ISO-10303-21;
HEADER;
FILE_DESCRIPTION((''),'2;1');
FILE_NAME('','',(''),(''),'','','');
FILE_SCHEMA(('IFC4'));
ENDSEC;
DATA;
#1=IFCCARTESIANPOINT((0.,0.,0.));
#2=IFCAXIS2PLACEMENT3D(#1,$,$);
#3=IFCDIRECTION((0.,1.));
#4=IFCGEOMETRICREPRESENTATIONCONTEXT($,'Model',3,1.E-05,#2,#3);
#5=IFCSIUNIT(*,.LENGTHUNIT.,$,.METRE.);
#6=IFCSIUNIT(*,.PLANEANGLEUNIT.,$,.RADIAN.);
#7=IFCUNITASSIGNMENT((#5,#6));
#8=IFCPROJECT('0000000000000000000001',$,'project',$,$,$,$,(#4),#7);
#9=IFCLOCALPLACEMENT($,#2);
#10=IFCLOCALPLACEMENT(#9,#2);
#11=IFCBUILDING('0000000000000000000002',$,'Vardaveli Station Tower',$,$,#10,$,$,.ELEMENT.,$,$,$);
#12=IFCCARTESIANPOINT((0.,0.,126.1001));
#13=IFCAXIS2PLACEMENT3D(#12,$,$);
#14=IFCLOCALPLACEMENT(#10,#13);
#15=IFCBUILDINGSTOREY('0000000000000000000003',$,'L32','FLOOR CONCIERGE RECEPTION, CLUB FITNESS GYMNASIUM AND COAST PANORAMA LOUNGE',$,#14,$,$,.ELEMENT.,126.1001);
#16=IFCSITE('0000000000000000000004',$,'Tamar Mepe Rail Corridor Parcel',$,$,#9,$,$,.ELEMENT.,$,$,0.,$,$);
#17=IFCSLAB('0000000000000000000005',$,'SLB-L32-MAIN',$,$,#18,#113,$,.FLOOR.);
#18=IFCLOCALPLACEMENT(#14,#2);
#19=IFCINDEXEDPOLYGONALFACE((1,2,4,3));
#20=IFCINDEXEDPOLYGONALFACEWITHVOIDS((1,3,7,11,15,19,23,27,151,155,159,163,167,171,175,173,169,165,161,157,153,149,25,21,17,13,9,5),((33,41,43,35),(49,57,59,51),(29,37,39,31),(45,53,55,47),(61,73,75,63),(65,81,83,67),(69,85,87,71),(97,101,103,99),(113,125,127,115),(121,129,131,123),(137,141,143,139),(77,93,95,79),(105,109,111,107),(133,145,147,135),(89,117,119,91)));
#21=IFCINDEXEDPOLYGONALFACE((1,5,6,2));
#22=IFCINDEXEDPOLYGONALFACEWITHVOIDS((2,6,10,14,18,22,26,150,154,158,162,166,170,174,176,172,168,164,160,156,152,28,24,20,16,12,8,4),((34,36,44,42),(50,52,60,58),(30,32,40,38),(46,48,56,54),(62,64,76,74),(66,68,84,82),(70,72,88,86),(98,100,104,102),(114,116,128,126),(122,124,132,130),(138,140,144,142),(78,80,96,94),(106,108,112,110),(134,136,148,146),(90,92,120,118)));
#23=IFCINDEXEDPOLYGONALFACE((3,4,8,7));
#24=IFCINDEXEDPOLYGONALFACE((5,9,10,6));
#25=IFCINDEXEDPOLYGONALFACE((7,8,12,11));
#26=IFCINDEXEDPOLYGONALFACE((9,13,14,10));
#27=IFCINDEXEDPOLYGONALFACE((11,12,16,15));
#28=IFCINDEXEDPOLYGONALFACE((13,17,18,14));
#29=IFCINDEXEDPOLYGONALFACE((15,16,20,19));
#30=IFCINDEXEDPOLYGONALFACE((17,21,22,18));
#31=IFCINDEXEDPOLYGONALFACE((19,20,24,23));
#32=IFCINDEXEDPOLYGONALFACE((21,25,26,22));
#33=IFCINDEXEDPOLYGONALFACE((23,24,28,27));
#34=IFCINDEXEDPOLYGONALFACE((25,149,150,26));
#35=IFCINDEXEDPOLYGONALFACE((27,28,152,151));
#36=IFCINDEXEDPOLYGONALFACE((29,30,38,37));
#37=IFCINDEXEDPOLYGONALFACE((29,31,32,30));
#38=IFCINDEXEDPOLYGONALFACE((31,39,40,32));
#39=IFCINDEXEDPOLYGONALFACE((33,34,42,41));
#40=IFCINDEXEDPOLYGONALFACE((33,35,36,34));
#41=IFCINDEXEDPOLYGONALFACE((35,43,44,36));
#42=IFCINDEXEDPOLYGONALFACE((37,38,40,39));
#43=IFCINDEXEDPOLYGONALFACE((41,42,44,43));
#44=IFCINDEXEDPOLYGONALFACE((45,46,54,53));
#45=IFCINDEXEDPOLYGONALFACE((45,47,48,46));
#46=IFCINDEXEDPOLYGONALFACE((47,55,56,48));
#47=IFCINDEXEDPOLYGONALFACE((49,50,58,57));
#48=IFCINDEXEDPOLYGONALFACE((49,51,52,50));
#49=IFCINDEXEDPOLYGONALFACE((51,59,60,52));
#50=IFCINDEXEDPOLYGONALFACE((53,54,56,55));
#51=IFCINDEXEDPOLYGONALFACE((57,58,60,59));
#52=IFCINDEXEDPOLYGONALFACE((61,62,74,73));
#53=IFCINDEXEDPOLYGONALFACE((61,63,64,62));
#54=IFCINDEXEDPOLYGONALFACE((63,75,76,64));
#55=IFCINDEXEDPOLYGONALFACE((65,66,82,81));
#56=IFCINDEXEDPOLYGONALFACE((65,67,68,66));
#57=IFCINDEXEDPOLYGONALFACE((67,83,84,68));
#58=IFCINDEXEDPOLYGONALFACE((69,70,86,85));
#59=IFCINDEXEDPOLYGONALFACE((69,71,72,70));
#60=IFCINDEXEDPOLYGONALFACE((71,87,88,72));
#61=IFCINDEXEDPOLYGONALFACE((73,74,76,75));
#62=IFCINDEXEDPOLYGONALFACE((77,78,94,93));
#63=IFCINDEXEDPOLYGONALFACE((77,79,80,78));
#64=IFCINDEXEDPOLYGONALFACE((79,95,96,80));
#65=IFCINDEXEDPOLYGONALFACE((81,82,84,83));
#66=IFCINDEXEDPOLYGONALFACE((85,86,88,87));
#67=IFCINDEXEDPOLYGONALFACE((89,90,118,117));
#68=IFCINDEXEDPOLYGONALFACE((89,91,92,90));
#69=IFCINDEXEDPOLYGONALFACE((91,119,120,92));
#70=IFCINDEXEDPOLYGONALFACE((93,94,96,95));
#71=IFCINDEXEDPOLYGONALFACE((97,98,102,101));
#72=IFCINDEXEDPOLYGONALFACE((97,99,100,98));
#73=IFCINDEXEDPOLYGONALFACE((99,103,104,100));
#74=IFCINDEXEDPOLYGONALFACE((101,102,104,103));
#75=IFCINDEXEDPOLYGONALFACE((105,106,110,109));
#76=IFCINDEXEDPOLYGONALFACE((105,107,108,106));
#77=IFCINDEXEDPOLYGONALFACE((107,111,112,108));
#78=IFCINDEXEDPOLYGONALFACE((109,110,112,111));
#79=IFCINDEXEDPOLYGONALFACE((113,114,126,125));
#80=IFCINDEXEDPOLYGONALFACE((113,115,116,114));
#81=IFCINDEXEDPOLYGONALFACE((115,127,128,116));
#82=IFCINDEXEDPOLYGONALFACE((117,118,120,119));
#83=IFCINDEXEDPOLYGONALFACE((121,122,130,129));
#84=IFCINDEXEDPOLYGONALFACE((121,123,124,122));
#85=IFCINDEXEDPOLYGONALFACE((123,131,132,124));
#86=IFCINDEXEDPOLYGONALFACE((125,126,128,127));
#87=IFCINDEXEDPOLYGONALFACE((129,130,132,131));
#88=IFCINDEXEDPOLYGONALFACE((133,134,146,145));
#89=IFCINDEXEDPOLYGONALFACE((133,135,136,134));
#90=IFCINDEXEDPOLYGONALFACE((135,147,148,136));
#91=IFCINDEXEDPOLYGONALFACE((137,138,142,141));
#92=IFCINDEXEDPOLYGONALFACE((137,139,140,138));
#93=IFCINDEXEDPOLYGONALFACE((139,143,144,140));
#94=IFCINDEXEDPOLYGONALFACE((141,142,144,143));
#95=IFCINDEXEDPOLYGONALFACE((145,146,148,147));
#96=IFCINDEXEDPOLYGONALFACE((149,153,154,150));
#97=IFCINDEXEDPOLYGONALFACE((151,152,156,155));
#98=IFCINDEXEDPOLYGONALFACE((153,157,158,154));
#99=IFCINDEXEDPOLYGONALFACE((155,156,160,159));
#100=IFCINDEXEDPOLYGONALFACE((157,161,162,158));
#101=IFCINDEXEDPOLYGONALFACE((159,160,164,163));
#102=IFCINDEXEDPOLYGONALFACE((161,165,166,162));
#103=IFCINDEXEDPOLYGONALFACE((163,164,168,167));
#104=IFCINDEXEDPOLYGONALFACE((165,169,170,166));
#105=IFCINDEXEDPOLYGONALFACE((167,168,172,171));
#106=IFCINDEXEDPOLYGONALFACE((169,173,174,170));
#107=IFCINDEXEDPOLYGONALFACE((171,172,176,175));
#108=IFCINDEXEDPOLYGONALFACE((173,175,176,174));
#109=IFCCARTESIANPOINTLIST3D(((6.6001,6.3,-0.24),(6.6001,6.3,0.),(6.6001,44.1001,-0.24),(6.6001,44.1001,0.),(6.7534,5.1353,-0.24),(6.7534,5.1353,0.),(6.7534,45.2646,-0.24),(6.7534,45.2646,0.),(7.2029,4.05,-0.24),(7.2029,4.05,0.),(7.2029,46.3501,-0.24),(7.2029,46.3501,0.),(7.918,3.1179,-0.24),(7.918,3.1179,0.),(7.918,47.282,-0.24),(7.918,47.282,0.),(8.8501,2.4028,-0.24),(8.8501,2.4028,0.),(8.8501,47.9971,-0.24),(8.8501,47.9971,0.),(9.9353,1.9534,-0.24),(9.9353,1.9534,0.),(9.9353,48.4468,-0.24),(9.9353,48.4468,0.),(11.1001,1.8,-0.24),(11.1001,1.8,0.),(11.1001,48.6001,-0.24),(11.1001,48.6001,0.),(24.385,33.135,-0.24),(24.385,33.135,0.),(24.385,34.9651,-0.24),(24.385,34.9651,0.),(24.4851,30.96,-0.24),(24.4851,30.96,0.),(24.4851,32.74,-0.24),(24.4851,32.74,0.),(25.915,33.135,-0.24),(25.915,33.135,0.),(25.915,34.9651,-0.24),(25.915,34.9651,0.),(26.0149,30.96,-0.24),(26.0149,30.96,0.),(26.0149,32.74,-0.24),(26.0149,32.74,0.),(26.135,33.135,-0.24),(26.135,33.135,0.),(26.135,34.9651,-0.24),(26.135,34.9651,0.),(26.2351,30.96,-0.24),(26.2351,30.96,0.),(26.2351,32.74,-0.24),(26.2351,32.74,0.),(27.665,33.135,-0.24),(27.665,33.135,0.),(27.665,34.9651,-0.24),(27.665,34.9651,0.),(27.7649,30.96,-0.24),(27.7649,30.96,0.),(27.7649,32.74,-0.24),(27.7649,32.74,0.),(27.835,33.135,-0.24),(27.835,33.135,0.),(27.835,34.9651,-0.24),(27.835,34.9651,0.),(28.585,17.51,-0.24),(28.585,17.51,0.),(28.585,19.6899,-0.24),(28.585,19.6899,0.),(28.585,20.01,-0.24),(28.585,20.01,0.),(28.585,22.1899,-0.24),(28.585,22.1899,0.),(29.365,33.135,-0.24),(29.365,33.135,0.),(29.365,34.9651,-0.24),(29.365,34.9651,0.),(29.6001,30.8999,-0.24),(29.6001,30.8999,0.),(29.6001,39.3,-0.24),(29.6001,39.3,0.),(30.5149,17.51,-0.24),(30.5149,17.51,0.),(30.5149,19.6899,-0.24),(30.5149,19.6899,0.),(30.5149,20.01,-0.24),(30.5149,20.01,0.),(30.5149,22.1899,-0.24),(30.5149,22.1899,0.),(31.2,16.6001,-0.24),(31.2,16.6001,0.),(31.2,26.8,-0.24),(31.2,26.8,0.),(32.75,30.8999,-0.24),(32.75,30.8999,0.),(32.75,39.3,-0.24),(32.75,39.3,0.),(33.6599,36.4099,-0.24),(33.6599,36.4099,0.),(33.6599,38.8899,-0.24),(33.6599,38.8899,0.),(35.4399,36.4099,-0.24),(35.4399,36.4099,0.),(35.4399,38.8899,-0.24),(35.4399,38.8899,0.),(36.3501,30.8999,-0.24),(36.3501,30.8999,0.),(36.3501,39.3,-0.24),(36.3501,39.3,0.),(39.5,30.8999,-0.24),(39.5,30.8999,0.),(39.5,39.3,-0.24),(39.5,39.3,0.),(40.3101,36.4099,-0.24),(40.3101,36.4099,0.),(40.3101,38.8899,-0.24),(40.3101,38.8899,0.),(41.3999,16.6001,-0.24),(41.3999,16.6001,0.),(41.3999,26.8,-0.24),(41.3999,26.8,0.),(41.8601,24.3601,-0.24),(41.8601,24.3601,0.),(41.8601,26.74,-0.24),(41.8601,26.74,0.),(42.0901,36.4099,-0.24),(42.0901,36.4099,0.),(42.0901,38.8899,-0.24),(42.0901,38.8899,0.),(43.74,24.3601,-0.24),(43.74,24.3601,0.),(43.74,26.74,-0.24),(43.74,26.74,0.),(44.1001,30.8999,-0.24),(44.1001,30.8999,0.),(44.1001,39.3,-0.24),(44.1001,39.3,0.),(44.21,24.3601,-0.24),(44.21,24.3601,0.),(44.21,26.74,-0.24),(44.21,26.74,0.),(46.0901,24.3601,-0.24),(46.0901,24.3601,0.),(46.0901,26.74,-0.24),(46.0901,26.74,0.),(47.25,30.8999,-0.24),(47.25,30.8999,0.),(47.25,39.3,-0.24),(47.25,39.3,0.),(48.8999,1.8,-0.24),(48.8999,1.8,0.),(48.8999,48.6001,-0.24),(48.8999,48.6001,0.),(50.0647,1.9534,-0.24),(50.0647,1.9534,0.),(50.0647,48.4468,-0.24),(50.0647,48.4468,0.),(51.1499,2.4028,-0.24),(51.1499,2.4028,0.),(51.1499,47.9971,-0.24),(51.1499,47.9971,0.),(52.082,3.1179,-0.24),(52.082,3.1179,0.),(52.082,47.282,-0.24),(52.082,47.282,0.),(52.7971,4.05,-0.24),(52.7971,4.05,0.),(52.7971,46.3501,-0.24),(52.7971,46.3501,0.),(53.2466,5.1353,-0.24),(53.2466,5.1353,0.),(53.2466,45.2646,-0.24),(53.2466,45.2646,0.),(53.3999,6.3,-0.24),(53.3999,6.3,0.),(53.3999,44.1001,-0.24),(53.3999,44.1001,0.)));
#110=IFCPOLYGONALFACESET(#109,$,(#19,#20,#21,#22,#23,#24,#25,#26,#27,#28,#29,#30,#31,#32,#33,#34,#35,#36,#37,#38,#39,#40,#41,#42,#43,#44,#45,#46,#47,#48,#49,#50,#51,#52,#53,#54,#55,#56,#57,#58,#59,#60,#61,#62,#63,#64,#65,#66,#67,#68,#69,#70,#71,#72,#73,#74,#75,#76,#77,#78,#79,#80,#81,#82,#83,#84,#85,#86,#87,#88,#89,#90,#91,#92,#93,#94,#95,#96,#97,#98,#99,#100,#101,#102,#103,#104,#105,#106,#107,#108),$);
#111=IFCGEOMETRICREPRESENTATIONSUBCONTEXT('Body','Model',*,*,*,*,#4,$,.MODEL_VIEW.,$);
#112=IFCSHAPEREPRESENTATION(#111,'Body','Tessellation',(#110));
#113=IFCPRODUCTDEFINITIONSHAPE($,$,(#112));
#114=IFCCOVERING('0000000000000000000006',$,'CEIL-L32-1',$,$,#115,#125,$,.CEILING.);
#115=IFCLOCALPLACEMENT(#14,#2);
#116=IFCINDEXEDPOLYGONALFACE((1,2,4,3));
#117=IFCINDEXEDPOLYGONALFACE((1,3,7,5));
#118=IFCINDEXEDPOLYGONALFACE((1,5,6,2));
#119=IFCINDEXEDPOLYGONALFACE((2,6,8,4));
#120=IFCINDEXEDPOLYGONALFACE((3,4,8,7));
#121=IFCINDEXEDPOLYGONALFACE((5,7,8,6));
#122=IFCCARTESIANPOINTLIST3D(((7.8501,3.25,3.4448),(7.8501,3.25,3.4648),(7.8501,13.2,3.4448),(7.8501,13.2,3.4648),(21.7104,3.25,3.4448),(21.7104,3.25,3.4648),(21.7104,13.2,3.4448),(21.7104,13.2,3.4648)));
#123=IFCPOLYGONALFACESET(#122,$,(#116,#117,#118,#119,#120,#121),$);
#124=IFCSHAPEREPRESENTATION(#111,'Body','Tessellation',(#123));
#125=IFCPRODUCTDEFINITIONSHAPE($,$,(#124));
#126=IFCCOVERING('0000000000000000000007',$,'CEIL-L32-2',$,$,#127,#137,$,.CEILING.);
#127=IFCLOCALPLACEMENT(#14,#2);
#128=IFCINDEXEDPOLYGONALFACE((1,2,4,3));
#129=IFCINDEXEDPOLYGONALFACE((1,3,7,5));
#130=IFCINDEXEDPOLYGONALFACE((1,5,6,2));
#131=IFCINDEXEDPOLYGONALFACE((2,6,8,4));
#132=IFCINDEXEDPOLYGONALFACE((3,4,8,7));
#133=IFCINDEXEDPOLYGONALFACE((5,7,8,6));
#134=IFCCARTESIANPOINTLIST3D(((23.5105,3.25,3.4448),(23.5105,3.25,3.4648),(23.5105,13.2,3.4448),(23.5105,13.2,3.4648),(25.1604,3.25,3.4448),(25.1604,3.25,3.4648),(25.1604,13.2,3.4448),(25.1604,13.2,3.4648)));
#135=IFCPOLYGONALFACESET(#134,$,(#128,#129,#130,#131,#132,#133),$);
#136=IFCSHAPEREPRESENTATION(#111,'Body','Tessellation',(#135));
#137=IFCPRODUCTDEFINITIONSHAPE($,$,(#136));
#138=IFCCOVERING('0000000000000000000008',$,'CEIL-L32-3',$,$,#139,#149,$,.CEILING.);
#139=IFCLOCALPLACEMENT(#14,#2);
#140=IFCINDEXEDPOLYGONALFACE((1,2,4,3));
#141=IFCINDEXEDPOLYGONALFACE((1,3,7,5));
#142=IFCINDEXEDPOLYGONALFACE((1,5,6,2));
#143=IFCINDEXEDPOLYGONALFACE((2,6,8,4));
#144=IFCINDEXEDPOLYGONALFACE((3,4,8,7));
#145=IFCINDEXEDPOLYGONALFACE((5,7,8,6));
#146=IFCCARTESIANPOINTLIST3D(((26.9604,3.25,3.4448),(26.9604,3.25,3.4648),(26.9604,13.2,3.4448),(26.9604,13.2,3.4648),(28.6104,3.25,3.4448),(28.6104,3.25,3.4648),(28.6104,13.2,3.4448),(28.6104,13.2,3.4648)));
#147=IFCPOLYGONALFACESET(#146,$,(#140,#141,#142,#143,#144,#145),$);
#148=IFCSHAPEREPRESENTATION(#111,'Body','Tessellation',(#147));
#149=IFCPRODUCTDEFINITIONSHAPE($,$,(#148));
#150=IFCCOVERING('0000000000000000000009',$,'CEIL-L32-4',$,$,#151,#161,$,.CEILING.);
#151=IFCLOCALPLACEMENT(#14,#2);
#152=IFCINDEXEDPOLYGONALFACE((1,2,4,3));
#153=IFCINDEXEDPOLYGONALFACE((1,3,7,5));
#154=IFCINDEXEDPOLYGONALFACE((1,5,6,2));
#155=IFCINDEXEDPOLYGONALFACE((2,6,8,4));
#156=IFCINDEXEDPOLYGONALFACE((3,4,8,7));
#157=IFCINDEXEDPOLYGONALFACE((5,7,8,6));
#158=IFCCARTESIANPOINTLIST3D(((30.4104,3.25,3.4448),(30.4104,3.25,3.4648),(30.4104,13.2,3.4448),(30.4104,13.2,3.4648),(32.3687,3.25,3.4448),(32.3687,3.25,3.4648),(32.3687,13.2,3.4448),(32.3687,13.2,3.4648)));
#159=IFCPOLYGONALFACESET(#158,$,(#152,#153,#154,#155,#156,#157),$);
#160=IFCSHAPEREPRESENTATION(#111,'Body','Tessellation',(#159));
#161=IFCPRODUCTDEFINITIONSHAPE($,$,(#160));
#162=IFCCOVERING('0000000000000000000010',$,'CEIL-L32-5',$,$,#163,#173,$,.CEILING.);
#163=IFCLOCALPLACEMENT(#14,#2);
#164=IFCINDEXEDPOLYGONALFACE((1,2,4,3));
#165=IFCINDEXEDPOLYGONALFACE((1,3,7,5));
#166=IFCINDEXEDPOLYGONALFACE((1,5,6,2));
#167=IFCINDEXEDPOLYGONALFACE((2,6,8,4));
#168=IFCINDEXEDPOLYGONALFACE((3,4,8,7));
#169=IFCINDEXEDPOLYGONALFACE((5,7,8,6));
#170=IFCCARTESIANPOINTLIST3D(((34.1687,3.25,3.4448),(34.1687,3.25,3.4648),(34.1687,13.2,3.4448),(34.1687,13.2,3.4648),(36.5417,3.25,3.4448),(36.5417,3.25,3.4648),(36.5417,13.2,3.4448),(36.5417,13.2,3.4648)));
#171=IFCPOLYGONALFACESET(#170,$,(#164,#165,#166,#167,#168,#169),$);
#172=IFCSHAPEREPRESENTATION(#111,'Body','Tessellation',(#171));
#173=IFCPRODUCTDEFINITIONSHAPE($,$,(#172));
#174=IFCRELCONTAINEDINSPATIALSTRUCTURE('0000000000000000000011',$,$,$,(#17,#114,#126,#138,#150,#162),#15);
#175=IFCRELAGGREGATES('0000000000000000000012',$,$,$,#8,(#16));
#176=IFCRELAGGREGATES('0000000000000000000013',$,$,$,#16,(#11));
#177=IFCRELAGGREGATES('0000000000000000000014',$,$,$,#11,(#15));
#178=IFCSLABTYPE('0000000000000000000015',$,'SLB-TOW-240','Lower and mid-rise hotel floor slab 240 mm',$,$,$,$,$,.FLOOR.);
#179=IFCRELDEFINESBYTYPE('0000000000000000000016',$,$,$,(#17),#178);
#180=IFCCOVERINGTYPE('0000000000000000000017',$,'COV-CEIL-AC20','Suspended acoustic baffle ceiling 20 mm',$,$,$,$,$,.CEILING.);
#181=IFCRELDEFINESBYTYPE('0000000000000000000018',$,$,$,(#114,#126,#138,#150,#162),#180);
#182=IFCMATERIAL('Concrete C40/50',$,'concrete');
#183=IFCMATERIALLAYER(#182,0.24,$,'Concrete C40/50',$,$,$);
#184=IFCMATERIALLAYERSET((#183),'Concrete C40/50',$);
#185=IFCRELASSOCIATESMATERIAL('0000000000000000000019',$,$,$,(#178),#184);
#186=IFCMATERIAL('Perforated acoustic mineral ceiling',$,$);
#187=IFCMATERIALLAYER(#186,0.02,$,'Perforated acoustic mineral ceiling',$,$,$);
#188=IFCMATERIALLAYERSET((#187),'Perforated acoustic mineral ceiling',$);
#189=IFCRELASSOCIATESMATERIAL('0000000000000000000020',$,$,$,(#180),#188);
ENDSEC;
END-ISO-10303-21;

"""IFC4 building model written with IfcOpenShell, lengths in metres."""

from ifc_helpers import new_model, si_unit, direction, frame, origin, place, context, subcontext, project, spatial, polyline, outline, extrude, material, layer, layer_set, type_object, element, save


model = new_model("IFC4")

# Units and contexts
model_context = context("Model", 3, precision=1e-05, world=origin(), true_north=direction((0.0, 1.0)))
body_context = subcontext(model_context, "Body", "Model", "MODEL_VIEW")
ifc_project = project(units=[si_unit("LENGTHUNIT", "METRE"), si_unit("PLANEANGLEUNIT", "RADIAN")], contexts=[model_context])

# Site, building, storey
site_placement = place(None, origin())
site = spatial("IfcSite", under=ifc_project, at=site_placement, Name="Tamar Mepe Rail Corridor Parcel", CompositionType="ELEMENT", RefElevation=0.0)
building_placement = place(site_placement, origin())
building = spatial("IfcBuilding", under=site, at=building_placement, Name="Vardaveli Station Tower", CompositionType="ELEMENT")
storey_placement = place(building_placement, frame((0.0, 0.0, 126.1001)))
storey = spatial("IfcBuildingStorey", under=building, at=storey_placement, Name="L32", Description="FLOOR CONCIERGE RECEPTION, CLUB FITNESS GYMNASIUM AND COAST PANORAMA LOUNGE", CompositionType="ELEMENT", Elevation=126.1001)

# Shared definitions
ifc_material_1 = material(Name="Concrete C40/50", Category="concrete")

# Slab
ifc_layer_1 = layer(ifc_material_1, 0.24, Name="Concrete C40/50")
ifc_layer_set_1 = layer_set([ifc_layer_1], Name="Concrete C40/50")
slab_type_1 = type_object("IfcSlabType", Name="SLB-TOW-240", Description="Lower and mid-rise hotel floor slab 240 mm", PredefinedType="FLOOR", material=ifc_layer_set_1)
slab_1_placement = place(storey_placement, frame((0.0, 0.0, -0.24)))
element("IfcSlab", 1, at=slab_1_placement, inside=storey, type_object=slab_type_1, Name="SLB-L32-MAIN", PredefinedType="FLOOR", context=body_context, shape_type="SweptSolid", body=[
    extrude(outline(polyline([(6.6001, 6.3), (6.7534, 5.1353), (7.2029, 4.05), (7.918, 3.1179), (8.8501, 2.4028), (9.9353, 1.9534), (11.1001, 1.8), (48.8999, 1.8), (50.0647, 1.9534), (51.1499, 2.4028), (52.082, 3.1179), (52.7971, 4.05), (53.2466, 5.1353), (53.3999, 6.3), (53.3999, 44.1001), (53.2466, 45.2646), (52.7971, 46.3501), (52.082, 47.282), (51.1499, 47.9971), (50.0647, 48.4468), (48.8999, 48.6001), (11.1001, 48.6001), (9.9353, 48.4468), (8.8501, 47.9971), (7.918, 47.282), (7.2029, 46.3501), (6.7534, 45.2646), (6.6001, 44.1001), (6.6001, 6.3)]), holes=[polyline([(31.2, 16.6001), (41.3999, 16.6001), (41.3999, 26.8), (31.2, 26.8), (31.2, 16.6001)]), polyline([(32.75, 30.8999), (32.75, 39.3), (29.6001, 39.3), (29.6001, 30.8999), (32.75, 30.8999)]), polyline([(39.5, 30.8999), (39.5, 39.3), (36.3501, 39.3), (36.3501, 30.8999), (39.5, 30.8999)]), polyline([(47.25, 30.8999), (47.25, 39.3), (44.1001, 39.3), (44.1001, 30.8999), (47.25, 30.8999)]), polyline([(24.385, 33.135), (25.915, 33.135), (25.915, 34.9651), (24.385, 34.9651), (24.385, 33.135)]), polyline([(26.135, 33.135), (27.665, 33.135), (27.665, 34.9651), (26.135, 34.9651), (26.135, 33.135)]), polyline([(27.835, 33.135), (29.365, 33.135), (29.365, 34.9651), (27.835, 34.9651), (27.835, 33.135)]), polyline([(33.6599, 36.4099), (35.4399, 36.4099), (35.4399, 38.8899), (33.6599, 38.8899), (33.6599, 36.4099)]), polyline([(40.3101, 36.4099), (42.0901, 36.4099), (42.0901, 38.8899), (40.3101, 38.8899), (40.3101, 36.4099)]), polyline([(24.4851, 30.96), (26.0149, 30.96), (26.0149, 32.74), (24.4851, 32.74), (24.4851, 30.96)]), polyline([(26.2351, 30.96), (27.7649, 30.96), (27.7649, 32.74), (26.2351, 32.74), (26.2351, 30.96)]), polyline([(28.585, 17.51), (30.5149, 17.51), (30.5149, 19.6899), (28.585, 19.6899), (28.585, 17.51)]), polyline([(28.585, 20.01), (30.5149, 20.01), (30.5149, 22.1899), (28.585, 22.1899), (28.585, 20.01)]), polyline([(41.8601, 24.3601), (43.74, 24.3601), (43.74, 26.74), (41.8601, 26.74), (41.8601, 24.3601)]), polyline([(44.21, 24.3601), (46.0901, 24.3601), (46.0901, 26.74), (44.21, 26.74), (44.21, 24.3601)])]), origin(), (0.0, 0.0, 1.0), 0.24),
])

# Coverings
ifc_material_2 = material(Name="Perforated acoustic mineral ceiling")
ifc_layer_2 = layer(ifc_material_2, 0.02, Name="Perforated acoustic mineral ceiling")
ifc_layer_set_2 = layer_set([ifc_layer_2], Name="Perforated acoustic mineral ceiling")
covering_type_1 = type_object("IfcCoveringType", Name="COV-CEIL-AC20", Description="Suspended acoustic baffle ceiling 20 mm", PredefinedType="CEILING", material=ifc_layer_set_2)
covering_1_placement = place(storey_placement, frame((0.0, 0.0, 3.4448)))
element("IfcCovering", 2, at=covering_1_placement, inside=storey, type_object=covering_type_1, Name="CEIL-L32-1", PredefinedType="CEILING", context=body_context, shape_type="SweptSolid", body=[
    extrude(outline(polyline([(7.8501, 3.25), (21.7104, 3.25), (21.7104, 13.2), (7.8501, 13.2), (7.8501, 3.25)])), origin(), (0.0, 0.0, 1.0), 0.02),
])
covering_2_placement = place(storey_placement, frame((0.0, 0.0, 3.4448)))
element("IfcCovering", 3, at=covering_2_placement, inside=storey, type_object=covering_type_1, Name="CEIL-L32-2", PredefinedType="CEILING", context=body_context, shape_type="SweptSolid", body=[
    extrude(outline(polyline([(23.5105, 3.25), (25.1604, 3.25), (25.1604, 13.2), (23.5105, 13.2), (23.5105, 3.25)])), origin(), (0.0, 0.0, 1.0), 0.02),
])
covering_3_placement = place(storey_placement, frame((0.0, 0.0, 3.4448)))
element("IfcCovering", 4, at=covering_3_placement, inside=storey, type_object=covering_type_1, Name="CEIL-L32-3", PredefinedType="CEILING", context=body_context, shape_type="SweptSolid", body=[
    extrude(outline(polyline([(26.9604, 3.25), (28.6104, 3.25), (28.6104, 13.2), (26.9604, 13.2), (26.9604, 3.25)])), origin(), (0.0, 0.0, 1.0), 0.02),
])
covering_4_placement = place(storey_placement, frame((0.0, 0.0, 3.4448)))
element("IfcCovering", 5, at=covering_4_placement, inside=storey, type_object=covering_type_1, Name="CEIL-L32-4", PredefinedType="CEILING", context=body_context, shape_type="SweptSolid", body=[
    extrude(outline(polyline([(30.4104, 3.25), (32.3687, 3.25), (32.3687, 13.2), (30.4104, 13.2), (30.4104, 3.25)])), origin(), (0.0, 0.0, 1.0), 0.02),
])
covering_5_placement = place(storey_placement, frame((0.0, 0.0, 3.4448)))
element("IfcCovering", 6, at=covering_5_placement, inside=storey, type_object=covering_type_1, Name="CEIL-L32-5", PredefinedType="CEILING", context=body_context, shape_type="SweptSolid", body=[
    extrude(outline(polyline([(34.1687, 3.25), (36.5417, 3.25), (36.5417, 13.2), (34.1687, 13.2), (34.1687, 3.25)])), origin(), (0.0, 0.0, 1.0), 0.02),
])

save(model, "model.ifc")
